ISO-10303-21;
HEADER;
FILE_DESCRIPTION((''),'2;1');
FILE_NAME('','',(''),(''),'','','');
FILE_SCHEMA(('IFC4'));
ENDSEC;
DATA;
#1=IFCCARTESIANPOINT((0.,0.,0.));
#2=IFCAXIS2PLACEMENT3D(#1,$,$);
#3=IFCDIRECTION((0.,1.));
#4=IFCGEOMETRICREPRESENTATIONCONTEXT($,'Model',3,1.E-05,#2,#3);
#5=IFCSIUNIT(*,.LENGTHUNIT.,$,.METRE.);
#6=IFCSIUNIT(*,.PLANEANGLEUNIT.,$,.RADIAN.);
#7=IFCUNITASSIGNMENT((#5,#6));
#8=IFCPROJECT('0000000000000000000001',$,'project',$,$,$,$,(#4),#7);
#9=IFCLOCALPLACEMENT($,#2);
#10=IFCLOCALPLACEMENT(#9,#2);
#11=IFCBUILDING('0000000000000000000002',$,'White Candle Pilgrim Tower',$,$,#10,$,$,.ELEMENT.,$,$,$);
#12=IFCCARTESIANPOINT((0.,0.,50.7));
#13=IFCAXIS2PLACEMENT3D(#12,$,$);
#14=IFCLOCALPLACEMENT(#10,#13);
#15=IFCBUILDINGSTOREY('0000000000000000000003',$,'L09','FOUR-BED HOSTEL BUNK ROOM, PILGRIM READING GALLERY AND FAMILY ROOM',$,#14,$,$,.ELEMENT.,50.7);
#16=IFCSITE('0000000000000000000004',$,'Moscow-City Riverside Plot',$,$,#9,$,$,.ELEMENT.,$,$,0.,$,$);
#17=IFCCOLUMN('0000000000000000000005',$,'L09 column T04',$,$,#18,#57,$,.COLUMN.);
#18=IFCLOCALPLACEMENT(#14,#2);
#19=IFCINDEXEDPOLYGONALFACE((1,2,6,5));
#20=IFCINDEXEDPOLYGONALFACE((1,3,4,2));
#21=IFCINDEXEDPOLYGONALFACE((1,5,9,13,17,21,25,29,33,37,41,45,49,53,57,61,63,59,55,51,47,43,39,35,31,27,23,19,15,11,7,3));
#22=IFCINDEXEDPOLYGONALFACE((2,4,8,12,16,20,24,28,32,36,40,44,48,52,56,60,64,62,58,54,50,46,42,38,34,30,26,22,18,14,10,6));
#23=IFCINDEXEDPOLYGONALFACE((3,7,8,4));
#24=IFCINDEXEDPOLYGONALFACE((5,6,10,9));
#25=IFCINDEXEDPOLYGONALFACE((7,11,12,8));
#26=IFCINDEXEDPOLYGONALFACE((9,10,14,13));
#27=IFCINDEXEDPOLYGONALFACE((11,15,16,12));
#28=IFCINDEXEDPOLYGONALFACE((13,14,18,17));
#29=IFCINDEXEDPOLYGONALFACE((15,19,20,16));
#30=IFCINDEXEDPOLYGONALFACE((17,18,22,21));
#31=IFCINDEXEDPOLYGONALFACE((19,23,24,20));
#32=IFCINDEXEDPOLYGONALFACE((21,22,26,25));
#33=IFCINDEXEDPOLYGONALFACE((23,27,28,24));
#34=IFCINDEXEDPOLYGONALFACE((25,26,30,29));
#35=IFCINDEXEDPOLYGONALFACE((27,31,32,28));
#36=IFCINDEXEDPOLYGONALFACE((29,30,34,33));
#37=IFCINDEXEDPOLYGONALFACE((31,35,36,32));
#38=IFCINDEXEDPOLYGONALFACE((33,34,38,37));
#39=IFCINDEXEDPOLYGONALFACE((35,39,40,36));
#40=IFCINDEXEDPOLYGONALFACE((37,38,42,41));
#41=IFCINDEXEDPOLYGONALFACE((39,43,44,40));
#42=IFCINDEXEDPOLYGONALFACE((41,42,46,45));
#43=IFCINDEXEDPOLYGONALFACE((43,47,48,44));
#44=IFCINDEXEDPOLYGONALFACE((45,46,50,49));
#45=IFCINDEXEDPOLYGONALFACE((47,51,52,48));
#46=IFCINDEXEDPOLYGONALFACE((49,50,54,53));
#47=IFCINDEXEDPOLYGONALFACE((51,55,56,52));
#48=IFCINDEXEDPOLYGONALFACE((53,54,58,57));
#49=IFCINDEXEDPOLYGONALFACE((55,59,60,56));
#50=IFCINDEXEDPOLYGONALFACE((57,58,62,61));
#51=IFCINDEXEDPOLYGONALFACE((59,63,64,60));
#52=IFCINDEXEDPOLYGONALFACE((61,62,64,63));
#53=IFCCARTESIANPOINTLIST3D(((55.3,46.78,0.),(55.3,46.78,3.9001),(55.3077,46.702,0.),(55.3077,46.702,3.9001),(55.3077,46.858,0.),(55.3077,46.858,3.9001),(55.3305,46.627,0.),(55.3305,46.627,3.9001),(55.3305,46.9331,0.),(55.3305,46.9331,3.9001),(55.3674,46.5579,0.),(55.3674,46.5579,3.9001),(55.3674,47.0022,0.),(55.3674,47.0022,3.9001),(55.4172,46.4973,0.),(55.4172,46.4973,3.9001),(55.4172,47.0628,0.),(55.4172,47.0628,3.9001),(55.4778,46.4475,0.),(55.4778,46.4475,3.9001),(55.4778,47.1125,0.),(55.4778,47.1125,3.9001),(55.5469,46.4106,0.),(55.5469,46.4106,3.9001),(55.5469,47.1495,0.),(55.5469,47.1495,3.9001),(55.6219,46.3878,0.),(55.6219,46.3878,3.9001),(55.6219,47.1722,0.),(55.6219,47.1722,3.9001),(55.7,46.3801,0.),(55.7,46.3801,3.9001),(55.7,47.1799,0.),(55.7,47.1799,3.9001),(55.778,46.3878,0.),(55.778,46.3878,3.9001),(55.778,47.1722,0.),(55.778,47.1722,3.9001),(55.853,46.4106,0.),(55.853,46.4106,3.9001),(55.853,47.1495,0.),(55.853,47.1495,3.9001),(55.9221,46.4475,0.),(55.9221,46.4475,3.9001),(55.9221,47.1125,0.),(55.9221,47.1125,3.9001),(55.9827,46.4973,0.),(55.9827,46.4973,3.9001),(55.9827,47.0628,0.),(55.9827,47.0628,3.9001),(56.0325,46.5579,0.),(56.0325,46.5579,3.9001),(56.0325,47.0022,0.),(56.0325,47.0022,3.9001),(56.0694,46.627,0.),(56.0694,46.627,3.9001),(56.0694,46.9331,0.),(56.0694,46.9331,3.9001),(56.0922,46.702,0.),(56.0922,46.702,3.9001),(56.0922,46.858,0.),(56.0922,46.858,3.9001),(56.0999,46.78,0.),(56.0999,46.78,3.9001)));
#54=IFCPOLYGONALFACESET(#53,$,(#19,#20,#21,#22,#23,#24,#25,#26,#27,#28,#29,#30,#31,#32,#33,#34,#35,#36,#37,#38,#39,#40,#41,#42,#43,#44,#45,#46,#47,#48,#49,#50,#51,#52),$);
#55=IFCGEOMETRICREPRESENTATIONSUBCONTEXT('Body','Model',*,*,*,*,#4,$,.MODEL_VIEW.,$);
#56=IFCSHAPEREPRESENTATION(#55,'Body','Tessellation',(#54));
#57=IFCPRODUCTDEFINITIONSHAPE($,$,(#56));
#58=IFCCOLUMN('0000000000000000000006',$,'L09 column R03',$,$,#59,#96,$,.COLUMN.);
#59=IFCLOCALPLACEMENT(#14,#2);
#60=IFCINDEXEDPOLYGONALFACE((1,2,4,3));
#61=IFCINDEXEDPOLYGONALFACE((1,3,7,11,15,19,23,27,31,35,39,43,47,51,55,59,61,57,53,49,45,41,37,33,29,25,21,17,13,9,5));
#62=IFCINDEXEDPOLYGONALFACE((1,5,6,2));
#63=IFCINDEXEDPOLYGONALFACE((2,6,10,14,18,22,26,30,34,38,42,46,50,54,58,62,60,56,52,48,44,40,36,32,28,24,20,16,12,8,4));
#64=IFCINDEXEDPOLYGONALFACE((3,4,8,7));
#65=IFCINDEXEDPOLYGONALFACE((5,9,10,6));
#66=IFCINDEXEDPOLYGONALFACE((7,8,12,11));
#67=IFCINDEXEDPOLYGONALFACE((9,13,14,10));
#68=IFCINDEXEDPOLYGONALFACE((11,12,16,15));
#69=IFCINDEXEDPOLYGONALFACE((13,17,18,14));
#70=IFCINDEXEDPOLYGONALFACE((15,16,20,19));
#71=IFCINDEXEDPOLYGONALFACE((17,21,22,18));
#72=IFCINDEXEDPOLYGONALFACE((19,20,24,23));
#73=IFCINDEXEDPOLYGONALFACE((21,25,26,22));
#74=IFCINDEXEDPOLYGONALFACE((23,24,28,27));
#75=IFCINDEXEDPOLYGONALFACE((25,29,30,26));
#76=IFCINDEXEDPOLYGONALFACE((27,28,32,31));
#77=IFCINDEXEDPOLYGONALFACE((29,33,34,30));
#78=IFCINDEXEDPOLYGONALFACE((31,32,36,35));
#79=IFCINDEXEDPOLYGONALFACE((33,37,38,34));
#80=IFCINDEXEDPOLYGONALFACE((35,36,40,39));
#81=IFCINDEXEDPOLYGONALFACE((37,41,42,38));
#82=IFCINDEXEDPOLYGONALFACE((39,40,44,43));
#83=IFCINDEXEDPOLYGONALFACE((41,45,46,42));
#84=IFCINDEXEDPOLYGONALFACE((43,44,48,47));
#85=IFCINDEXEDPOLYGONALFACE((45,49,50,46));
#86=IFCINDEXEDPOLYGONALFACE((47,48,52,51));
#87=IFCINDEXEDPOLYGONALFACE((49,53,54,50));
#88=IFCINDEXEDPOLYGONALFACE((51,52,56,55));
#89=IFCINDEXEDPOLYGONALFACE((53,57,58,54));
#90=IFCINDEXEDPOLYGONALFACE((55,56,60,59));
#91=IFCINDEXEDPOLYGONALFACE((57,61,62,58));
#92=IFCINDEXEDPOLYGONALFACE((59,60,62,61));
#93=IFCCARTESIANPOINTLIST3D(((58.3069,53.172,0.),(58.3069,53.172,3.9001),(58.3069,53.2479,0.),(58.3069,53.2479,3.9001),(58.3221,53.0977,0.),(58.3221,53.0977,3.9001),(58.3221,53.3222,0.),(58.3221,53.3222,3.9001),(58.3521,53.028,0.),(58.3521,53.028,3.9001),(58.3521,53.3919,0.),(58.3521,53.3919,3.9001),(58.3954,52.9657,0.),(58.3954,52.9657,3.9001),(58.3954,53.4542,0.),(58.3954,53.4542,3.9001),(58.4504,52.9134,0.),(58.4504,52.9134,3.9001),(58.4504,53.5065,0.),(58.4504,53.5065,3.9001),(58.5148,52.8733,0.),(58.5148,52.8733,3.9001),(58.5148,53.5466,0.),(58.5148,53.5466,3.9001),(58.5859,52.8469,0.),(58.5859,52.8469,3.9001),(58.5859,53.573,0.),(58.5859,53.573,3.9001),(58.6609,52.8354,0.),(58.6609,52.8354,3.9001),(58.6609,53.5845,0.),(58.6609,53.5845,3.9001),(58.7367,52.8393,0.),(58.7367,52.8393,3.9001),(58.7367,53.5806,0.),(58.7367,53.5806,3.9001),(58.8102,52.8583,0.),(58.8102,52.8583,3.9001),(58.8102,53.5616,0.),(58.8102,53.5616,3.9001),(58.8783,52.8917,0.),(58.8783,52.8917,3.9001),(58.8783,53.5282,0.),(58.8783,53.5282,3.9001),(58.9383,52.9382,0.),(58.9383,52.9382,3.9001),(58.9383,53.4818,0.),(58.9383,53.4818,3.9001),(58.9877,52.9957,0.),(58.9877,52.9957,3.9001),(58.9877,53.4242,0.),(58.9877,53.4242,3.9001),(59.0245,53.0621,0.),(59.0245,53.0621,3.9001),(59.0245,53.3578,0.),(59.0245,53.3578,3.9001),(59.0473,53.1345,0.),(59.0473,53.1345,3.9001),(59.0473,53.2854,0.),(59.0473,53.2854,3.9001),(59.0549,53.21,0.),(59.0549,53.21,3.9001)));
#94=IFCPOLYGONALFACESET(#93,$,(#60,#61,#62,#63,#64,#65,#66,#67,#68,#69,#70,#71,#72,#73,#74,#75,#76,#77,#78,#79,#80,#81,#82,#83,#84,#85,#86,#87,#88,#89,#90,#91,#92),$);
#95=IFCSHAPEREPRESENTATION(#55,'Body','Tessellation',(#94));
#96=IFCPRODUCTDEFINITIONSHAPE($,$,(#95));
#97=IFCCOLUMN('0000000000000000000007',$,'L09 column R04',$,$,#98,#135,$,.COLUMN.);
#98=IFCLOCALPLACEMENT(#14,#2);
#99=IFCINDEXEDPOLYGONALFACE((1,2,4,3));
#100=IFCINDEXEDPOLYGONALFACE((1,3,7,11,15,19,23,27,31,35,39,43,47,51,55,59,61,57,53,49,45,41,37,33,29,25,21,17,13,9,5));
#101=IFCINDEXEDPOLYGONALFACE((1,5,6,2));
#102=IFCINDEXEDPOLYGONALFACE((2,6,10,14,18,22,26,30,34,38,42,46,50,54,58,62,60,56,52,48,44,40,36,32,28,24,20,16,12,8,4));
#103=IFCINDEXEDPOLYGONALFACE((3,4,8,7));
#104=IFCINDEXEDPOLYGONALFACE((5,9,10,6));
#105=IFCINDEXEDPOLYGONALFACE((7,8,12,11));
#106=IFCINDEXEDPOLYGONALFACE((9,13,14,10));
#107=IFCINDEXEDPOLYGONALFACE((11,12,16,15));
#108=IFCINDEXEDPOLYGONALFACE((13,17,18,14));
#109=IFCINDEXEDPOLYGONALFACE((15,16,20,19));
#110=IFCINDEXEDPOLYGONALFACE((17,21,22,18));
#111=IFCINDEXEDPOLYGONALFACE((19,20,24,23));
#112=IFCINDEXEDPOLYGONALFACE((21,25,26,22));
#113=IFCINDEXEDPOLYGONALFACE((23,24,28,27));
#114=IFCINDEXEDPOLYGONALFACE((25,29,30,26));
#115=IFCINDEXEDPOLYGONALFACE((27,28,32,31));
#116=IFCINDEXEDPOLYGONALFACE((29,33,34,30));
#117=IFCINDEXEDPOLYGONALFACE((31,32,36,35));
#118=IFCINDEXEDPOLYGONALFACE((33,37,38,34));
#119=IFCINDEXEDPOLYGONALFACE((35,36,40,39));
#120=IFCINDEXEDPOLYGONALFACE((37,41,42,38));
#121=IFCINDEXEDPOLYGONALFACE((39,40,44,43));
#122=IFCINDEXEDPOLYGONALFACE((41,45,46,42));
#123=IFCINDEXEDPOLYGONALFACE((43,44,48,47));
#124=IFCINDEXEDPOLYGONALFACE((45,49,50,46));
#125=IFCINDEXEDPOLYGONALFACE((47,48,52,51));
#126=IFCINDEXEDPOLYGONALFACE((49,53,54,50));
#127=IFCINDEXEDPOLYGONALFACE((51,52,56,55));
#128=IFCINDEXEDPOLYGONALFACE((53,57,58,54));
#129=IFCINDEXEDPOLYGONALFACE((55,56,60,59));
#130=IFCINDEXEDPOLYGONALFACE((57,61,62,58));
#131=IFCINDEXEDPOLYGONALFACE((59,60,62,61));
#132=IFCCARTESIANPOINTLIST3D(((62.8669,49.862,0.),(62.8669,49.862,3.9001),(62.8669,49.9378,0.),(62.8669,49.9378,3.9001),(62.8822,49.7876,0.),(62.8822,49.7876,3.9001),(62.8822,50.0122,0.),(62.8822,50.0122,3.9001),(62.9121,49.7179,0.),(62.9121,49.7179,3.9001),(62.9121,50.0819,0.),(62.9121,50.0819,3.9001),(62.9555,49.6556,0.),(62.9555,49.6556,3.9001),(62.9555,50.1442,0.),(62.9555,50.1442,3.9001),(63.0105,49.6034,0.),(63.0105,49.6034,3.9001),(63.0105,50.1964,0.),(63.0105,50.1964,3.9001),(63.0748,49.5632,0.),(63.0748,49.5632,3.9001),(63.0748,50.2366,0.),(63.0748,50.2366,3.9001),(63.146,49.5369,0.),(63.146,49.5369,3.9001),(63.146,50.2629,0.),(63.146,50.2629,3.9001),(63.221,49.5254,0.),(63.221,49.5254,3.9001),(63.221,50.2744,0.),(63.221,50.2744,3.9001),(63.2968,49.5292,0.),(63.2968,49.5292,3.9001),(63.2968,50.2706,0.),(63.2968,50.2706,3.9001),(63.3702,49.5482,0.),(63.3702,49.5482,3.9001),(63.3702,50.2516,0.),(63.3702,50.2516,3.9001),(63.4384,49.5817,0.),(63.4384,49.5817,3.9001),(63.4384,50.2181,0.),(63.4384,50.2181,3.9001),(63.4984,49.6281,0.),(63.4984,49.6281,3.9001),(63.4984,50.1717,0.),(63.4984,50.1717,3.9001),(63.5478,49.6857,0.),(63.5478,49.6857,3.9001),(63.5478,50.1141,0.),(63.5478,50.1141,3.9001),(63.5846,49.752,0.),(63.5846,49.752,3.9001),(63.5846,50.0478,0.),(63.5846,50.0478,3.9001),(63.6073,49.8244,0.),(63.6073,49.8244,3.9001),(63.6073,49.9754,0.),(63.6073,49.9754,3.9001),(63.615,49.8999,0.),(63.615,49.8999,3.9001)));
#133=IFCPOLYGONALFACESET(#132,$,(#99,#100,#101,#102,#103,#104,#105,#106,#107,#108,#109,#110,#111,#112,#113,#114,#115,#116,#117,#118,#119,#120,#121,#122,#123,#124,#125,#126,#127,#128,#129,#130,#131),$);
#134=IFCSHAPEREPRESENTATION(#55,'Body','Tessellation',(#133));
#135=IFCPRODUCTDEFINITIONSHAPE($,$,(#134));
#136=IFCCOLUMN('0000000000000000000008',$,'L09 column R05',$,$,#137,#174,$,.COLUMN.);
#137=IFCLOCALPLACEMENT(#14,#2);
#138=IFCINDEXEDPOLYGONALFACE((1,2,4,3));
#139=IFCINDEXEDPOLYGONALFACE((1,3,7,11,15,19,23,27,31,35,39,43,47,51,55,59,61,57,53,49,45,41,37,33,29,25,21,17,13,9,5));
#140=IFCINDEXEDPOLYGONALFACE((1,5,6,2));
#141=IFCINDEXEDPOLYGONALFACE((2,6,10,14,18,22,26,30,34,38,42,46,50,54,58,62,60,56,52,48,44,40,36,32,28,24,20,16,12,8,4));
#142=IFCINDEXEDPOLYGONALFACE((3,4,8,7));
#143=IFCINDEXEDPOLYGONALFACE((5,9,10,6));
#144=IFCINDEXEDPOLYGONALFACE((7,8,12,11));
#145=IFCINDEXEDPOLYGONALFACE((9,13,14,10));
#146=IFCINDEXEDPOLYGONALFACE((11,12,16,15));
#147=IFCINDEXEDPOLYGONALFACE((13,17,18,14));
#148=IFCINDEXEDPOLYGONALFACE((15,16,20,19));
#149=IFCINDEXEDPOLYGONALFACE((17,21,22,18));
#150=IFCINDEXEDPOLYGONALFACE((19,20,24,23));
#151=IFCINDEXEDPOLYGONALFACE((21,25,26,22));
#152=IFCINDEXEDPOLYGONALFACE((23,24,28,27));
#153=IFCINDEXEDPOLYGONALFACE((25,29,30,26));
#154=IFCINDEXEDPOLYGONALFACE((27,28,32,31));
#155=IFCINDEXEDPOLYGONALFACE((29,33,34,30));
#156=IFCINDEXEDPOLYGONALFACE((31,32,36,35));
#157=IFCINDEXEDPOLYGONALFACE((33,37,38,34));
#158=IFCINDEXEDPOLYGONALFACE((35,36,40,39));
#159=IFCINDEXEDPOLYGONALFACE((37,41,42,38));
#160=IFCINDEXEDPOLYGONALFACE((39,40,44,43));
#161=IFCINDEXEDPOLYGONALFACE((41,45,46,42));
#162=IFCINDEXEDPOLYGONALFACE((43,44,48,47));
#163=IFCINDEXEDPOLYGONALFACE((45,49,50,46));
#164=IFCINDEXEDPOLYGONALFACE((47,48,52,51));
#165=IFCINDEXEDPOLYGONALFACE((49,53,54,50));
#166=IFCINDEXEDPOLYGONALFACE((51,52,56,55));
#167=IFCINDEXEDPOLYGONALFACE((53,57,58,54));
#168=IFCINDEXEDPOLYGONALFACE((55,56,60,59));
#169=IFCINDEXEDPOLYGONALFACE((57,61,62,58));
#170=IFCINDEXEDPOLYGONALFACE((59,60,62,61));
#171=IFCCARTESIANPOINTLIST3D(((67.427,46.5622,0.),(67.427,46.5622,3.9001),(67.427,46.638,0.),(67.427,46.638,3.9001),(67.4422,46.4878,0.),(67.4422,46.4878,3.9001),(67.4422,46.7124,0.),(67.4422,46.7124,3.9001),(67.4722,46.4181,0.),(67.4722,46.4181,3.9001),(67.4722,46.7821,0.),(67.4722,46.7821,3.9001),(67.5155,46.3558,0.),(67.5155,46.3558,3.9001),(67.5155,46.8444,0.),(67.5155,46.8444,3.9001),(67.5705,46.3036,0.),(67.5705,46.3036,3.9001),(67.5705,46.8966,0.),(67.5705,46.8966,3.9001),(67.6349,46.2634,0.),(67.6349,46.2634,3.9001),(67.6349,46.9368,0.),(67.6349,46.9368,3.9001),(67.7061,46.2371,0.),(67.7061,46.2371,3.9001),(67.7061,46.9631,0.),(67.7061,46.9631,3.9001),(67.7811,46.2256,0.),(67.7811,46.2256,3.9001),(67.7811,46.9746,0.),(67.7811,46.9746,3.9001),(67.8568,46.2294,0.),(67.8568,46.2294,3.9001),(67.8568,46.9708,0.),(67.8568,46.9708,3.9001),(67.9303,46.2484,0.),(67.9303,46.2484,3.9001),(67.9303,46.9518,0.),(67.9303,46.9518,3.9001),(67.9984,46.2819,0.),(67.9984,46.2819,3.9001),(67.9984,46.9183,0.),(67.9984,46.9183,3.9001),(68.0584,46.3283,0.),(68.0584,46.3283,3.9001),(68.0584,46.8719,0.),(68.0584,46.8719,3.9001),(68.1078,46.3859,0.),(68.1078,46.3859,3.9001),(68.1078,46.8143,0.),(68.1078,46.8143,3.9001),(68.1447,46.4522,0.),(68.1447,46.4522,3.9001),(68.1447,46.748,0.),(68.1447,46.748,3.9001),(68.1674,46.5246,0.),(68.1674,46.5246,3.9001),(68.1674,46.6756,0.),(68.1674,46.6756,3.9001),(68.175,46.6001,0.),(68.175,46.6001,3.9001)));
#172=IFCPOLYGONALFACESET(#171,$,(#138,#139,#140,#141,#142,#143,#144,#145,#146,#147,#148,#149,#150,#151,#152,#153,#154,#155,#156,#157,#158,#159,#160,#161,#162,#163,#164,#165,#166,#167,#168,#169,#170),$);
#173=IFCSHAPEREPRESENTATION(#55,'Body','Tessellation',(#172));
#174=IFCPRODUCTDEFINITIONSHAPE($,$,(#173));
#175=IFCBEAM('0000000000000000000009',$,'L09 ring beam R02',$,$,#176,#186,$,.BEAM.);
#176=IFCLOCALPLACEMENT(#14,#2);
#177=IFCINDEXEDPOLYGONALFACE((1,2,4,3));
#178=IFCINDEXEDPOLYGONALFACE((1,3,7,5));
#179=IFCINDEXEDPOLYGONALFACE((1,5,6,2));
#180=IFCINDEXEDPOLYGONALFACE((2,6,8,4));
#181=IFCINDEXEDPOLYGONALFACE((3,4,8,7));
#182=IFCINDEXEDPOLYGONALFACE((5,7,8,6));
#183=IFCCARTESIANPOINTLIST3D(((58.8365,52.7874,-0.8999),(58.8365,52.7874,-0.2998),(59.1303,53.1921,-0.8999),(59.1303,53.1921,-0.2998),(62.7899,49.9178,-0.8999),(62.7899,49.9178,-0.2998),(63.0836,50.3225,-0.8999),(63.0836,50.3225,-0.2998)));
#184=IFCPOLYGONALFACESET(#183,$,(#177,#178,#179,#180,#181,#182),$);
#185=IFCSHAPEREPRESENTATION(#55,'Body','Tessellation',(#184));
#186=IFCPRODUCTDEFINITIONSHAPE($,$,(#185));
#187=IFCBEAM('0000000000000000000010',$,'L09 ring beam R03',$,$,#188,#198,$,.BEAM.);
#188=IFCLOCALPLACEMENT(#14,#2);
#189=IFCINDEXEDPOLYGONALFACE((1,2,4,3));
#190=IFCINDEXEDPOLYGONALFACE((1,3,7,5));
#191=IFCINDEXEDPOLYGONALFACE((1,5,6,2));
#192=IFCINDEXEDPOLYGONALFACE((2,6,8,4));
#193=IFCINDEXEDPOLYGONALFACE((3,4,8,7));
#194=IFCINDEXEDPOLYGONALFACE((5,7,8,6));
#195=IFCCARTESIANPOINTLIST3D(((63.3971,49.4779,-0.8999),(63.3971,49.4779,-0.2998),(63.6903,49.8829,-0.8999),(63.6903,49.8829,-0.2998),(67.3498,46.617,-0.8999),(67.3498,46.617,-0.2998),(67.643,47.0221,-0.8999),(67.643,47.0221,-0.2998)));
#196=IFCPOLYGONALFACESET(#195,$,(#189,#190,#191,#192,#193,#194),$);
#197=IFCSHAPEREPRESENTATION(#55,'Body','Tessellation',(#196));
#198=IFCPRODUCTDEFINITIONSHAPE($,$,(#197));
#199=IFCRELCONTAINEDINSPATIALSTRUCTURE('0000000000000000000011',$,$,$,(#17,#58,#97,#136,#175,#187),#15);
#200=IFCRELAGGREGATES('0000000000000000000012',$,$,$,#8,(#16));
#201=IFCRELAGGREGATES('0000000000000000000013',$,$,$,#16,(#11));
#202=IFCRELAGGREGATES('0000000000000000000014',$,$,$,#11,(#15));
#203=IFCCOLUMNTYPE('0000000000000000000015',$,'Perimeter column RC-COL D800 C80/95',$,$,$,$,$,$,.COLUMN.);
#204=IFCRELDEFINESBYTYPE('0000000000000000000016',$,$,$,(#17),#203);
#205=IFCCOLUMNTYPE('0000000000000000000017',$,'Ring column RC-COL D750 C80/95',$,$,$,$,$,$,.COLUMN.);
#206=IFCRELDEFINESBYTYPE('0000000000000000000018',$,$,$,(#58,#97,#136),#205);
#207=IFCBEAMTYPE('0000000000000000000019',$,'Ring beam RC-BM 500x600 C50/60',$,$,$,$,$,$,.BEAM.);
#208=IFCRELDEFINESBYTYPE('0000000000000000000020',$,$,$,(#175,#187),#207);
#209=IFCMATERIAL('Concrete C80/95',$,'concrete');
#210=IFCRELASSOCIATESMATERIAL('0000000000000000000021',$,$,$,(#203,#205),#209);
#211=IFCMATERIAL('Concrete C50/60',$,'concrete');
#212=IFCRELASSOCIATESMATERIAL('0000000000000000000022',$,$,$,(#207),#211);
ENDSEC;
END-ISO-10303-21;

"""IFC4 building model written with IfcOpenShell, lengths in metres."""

from ifc_helpers import new_model, si_unit, direction, frame, origin, origin_2d, place, context, subcontext, project, spatial, rectangle, circle, extrude, material, material_profile, profile_set, type_object, element, save


model = new_model("IFC4")

# Units and contexts
model_context = context("Model", 3, precision=1e-05, world=origin(), true_north=direction((0.0, 1.0)))
body_context = subcontext(model_context, "Body", "Model", "MODEL_VIEW")
ifc_project = project(units=[si_unit("LENGTHUNIT", "METRE"), si_unit("PLANEANGLEUNIT", "RADIAN")], contexts=[model_context])

# Site, building, storey
site_placement = place(None, origin())
site = spatial("IfcSite", under=ifc_project, at=site_placement, Name="Moscow-City Riverside Plot", CompositionType="ELEMENT", RefElevation=0.0)
building_placement = place(site_placement, origin())
building = spatial("IfcBuilding", under=site, at=building_placement, Name="White Candle Pilgrim Tower", CompositionType="ELEMENT")
storey_placement = place(building_placement, frame((0.0, 0.0, 50.7)))
storey = spatial("IfcBuildingStorey", under=building, at=storey_placement, Name="L09", Description="FOUR-BED HOSTEL BUNK ROOM, PILGRIM READING GALLERY AND FAMILY ROOM", CompositionType="ELEMENT", Elevation=50.7)

# Columns
ifc_material_1 = material(Name="Concrete C80/95", Category="concrete")
ifc_material_profile_1 = material_profile(ifc_material_1, circle(Radius=0.3999, at=origin_2d()), Name="RC-COL D800")
ifc_profile_set_1 = profile_set([ifc_material_profile_1], Name="Concrete C80/95")
column_type_1 = type_object("IfcColumnType", Name="Perimeter column RC-COL D800 C80/95", PredefinedType="COLUMN", material=ifc_profile_set_1)
column_placement = place(storey_placement, frame((55.7, 46.78, 0.0), z_axis=(0.0, 0.0, 1.0), x_axis=(1.0, 0.0, 0.0)))
element("IfcColumn", 1, at=column_placement, inside=storey, type_object=column_type_1, Name="L09 column T04", PredefinedType="COLUMN", context=body_context, shape_type="SweptSolid", body=[
    extrude(circle(Radius=0.3999, at=origin_2d()), origin(), (0.0, 0.0, 1.0), 3.9001),
])
ifc_material_profile_2 = material_profile(ifc_material_1, circle(Radius=0.375, at=origin_2d()), Name="RC-COL D750")
ifc_profile_set_2 = profile_set([ifc_material_profile_2], Name="Concrete C80/95")
column_type_2 = type_object("IfcColumnType", Name="Ring column RC-COL D750 C80/95", PredefinedType="COLUMN", material=ifc_profile_set_2)
for number, where, z_axis, x_axis, name in (
    (2, (58.6799, 53.21, 0.0), (0.0, 0.0, 1.0), (1.0, 0.0, 0.0), "L09 column R03"),
    (3, (63.24, 49.8999, 0.0), (0.0, 0.0, 1.0), (1.0, 0.0, 0.0), "L09 column R04"),
    (4, (67.8, 46.6001, 0.0), (0.0, 0.0, 1.0), (1.0, 0.0, 0.0), "L09 column R05"),
):
    element("IfcColumn", number, at=place(storey_placement, frame(where, z_axis=z_axis, x_axis=x_axis)), inside=storey, type_object=column_type_2, Name=name, PredefinedType="COLUMN", context=body_context, shape_type="SweptSolid", body=[
        extrude(circle(Radius=0.375, at=origin_2d()), origin(), (0.0, 0.0, 1.0), 3.9001),
    ])

# Beams
ifc_material_2 = material(Name="Concrete C50/60", Category="concrete")
ifc_material_profile_3 = material_profile(ifc_material_2, rectangle(XDim=0.5, YDim=0.6001, at=origin_2d()), Name="RC-BM 500x600")
ifc_profile_set_3 = profile_set([ifc_material_profile_3], Name="Concrete C50/60")
beam_type = type_object("IfcBeamType", Name="Ring beam RC-BM 500x600 C50/60", PredefinedType="BEAM", material=ifc_profile_set_3)
beam_1_placement = place(storey_placement, frame((58.9834, 52.9897, -0.5999), z_axis=(0.809276, -0.587429, 0.0), x_axis=(0.587429, 0.809276, 0.0)))
element("IfcBeam", 5, at=beam_1_placement, inside=storey, type_object=beam_type, Name="L09 ring beam R02", PredefinedType="BEAM", context=body_context, shape_type="SweptSolid", body=[
    extrude(rectangle(XDim=0.5, YDim=0.6001, at=origin_2d()), origin(), (0.0, 0.0, 1.0), 4.885),
])
beam_2_placement = place(storey_placement, frame((63.5437, 49.6804, -0.5999), z_axis=(0.81008, -0.58632, 0.0), x_axis=(0.58632, 0.81008, 0.0)))
element("IfcBeam", 6, at=beam_2_placement, inside=storey, type_object=beam_type, Name="L09 ring beam R03", PredefinedType="BEAM", context=body_context, shape_type="SweptSolid", body=[
    extrude(rectangle(XDim=0.5, YDim=0.6001, at=origin_2d()), origin(), (0.0, 0.0, 1.0), 4.8794),
])

save(model, "model.ifc")
